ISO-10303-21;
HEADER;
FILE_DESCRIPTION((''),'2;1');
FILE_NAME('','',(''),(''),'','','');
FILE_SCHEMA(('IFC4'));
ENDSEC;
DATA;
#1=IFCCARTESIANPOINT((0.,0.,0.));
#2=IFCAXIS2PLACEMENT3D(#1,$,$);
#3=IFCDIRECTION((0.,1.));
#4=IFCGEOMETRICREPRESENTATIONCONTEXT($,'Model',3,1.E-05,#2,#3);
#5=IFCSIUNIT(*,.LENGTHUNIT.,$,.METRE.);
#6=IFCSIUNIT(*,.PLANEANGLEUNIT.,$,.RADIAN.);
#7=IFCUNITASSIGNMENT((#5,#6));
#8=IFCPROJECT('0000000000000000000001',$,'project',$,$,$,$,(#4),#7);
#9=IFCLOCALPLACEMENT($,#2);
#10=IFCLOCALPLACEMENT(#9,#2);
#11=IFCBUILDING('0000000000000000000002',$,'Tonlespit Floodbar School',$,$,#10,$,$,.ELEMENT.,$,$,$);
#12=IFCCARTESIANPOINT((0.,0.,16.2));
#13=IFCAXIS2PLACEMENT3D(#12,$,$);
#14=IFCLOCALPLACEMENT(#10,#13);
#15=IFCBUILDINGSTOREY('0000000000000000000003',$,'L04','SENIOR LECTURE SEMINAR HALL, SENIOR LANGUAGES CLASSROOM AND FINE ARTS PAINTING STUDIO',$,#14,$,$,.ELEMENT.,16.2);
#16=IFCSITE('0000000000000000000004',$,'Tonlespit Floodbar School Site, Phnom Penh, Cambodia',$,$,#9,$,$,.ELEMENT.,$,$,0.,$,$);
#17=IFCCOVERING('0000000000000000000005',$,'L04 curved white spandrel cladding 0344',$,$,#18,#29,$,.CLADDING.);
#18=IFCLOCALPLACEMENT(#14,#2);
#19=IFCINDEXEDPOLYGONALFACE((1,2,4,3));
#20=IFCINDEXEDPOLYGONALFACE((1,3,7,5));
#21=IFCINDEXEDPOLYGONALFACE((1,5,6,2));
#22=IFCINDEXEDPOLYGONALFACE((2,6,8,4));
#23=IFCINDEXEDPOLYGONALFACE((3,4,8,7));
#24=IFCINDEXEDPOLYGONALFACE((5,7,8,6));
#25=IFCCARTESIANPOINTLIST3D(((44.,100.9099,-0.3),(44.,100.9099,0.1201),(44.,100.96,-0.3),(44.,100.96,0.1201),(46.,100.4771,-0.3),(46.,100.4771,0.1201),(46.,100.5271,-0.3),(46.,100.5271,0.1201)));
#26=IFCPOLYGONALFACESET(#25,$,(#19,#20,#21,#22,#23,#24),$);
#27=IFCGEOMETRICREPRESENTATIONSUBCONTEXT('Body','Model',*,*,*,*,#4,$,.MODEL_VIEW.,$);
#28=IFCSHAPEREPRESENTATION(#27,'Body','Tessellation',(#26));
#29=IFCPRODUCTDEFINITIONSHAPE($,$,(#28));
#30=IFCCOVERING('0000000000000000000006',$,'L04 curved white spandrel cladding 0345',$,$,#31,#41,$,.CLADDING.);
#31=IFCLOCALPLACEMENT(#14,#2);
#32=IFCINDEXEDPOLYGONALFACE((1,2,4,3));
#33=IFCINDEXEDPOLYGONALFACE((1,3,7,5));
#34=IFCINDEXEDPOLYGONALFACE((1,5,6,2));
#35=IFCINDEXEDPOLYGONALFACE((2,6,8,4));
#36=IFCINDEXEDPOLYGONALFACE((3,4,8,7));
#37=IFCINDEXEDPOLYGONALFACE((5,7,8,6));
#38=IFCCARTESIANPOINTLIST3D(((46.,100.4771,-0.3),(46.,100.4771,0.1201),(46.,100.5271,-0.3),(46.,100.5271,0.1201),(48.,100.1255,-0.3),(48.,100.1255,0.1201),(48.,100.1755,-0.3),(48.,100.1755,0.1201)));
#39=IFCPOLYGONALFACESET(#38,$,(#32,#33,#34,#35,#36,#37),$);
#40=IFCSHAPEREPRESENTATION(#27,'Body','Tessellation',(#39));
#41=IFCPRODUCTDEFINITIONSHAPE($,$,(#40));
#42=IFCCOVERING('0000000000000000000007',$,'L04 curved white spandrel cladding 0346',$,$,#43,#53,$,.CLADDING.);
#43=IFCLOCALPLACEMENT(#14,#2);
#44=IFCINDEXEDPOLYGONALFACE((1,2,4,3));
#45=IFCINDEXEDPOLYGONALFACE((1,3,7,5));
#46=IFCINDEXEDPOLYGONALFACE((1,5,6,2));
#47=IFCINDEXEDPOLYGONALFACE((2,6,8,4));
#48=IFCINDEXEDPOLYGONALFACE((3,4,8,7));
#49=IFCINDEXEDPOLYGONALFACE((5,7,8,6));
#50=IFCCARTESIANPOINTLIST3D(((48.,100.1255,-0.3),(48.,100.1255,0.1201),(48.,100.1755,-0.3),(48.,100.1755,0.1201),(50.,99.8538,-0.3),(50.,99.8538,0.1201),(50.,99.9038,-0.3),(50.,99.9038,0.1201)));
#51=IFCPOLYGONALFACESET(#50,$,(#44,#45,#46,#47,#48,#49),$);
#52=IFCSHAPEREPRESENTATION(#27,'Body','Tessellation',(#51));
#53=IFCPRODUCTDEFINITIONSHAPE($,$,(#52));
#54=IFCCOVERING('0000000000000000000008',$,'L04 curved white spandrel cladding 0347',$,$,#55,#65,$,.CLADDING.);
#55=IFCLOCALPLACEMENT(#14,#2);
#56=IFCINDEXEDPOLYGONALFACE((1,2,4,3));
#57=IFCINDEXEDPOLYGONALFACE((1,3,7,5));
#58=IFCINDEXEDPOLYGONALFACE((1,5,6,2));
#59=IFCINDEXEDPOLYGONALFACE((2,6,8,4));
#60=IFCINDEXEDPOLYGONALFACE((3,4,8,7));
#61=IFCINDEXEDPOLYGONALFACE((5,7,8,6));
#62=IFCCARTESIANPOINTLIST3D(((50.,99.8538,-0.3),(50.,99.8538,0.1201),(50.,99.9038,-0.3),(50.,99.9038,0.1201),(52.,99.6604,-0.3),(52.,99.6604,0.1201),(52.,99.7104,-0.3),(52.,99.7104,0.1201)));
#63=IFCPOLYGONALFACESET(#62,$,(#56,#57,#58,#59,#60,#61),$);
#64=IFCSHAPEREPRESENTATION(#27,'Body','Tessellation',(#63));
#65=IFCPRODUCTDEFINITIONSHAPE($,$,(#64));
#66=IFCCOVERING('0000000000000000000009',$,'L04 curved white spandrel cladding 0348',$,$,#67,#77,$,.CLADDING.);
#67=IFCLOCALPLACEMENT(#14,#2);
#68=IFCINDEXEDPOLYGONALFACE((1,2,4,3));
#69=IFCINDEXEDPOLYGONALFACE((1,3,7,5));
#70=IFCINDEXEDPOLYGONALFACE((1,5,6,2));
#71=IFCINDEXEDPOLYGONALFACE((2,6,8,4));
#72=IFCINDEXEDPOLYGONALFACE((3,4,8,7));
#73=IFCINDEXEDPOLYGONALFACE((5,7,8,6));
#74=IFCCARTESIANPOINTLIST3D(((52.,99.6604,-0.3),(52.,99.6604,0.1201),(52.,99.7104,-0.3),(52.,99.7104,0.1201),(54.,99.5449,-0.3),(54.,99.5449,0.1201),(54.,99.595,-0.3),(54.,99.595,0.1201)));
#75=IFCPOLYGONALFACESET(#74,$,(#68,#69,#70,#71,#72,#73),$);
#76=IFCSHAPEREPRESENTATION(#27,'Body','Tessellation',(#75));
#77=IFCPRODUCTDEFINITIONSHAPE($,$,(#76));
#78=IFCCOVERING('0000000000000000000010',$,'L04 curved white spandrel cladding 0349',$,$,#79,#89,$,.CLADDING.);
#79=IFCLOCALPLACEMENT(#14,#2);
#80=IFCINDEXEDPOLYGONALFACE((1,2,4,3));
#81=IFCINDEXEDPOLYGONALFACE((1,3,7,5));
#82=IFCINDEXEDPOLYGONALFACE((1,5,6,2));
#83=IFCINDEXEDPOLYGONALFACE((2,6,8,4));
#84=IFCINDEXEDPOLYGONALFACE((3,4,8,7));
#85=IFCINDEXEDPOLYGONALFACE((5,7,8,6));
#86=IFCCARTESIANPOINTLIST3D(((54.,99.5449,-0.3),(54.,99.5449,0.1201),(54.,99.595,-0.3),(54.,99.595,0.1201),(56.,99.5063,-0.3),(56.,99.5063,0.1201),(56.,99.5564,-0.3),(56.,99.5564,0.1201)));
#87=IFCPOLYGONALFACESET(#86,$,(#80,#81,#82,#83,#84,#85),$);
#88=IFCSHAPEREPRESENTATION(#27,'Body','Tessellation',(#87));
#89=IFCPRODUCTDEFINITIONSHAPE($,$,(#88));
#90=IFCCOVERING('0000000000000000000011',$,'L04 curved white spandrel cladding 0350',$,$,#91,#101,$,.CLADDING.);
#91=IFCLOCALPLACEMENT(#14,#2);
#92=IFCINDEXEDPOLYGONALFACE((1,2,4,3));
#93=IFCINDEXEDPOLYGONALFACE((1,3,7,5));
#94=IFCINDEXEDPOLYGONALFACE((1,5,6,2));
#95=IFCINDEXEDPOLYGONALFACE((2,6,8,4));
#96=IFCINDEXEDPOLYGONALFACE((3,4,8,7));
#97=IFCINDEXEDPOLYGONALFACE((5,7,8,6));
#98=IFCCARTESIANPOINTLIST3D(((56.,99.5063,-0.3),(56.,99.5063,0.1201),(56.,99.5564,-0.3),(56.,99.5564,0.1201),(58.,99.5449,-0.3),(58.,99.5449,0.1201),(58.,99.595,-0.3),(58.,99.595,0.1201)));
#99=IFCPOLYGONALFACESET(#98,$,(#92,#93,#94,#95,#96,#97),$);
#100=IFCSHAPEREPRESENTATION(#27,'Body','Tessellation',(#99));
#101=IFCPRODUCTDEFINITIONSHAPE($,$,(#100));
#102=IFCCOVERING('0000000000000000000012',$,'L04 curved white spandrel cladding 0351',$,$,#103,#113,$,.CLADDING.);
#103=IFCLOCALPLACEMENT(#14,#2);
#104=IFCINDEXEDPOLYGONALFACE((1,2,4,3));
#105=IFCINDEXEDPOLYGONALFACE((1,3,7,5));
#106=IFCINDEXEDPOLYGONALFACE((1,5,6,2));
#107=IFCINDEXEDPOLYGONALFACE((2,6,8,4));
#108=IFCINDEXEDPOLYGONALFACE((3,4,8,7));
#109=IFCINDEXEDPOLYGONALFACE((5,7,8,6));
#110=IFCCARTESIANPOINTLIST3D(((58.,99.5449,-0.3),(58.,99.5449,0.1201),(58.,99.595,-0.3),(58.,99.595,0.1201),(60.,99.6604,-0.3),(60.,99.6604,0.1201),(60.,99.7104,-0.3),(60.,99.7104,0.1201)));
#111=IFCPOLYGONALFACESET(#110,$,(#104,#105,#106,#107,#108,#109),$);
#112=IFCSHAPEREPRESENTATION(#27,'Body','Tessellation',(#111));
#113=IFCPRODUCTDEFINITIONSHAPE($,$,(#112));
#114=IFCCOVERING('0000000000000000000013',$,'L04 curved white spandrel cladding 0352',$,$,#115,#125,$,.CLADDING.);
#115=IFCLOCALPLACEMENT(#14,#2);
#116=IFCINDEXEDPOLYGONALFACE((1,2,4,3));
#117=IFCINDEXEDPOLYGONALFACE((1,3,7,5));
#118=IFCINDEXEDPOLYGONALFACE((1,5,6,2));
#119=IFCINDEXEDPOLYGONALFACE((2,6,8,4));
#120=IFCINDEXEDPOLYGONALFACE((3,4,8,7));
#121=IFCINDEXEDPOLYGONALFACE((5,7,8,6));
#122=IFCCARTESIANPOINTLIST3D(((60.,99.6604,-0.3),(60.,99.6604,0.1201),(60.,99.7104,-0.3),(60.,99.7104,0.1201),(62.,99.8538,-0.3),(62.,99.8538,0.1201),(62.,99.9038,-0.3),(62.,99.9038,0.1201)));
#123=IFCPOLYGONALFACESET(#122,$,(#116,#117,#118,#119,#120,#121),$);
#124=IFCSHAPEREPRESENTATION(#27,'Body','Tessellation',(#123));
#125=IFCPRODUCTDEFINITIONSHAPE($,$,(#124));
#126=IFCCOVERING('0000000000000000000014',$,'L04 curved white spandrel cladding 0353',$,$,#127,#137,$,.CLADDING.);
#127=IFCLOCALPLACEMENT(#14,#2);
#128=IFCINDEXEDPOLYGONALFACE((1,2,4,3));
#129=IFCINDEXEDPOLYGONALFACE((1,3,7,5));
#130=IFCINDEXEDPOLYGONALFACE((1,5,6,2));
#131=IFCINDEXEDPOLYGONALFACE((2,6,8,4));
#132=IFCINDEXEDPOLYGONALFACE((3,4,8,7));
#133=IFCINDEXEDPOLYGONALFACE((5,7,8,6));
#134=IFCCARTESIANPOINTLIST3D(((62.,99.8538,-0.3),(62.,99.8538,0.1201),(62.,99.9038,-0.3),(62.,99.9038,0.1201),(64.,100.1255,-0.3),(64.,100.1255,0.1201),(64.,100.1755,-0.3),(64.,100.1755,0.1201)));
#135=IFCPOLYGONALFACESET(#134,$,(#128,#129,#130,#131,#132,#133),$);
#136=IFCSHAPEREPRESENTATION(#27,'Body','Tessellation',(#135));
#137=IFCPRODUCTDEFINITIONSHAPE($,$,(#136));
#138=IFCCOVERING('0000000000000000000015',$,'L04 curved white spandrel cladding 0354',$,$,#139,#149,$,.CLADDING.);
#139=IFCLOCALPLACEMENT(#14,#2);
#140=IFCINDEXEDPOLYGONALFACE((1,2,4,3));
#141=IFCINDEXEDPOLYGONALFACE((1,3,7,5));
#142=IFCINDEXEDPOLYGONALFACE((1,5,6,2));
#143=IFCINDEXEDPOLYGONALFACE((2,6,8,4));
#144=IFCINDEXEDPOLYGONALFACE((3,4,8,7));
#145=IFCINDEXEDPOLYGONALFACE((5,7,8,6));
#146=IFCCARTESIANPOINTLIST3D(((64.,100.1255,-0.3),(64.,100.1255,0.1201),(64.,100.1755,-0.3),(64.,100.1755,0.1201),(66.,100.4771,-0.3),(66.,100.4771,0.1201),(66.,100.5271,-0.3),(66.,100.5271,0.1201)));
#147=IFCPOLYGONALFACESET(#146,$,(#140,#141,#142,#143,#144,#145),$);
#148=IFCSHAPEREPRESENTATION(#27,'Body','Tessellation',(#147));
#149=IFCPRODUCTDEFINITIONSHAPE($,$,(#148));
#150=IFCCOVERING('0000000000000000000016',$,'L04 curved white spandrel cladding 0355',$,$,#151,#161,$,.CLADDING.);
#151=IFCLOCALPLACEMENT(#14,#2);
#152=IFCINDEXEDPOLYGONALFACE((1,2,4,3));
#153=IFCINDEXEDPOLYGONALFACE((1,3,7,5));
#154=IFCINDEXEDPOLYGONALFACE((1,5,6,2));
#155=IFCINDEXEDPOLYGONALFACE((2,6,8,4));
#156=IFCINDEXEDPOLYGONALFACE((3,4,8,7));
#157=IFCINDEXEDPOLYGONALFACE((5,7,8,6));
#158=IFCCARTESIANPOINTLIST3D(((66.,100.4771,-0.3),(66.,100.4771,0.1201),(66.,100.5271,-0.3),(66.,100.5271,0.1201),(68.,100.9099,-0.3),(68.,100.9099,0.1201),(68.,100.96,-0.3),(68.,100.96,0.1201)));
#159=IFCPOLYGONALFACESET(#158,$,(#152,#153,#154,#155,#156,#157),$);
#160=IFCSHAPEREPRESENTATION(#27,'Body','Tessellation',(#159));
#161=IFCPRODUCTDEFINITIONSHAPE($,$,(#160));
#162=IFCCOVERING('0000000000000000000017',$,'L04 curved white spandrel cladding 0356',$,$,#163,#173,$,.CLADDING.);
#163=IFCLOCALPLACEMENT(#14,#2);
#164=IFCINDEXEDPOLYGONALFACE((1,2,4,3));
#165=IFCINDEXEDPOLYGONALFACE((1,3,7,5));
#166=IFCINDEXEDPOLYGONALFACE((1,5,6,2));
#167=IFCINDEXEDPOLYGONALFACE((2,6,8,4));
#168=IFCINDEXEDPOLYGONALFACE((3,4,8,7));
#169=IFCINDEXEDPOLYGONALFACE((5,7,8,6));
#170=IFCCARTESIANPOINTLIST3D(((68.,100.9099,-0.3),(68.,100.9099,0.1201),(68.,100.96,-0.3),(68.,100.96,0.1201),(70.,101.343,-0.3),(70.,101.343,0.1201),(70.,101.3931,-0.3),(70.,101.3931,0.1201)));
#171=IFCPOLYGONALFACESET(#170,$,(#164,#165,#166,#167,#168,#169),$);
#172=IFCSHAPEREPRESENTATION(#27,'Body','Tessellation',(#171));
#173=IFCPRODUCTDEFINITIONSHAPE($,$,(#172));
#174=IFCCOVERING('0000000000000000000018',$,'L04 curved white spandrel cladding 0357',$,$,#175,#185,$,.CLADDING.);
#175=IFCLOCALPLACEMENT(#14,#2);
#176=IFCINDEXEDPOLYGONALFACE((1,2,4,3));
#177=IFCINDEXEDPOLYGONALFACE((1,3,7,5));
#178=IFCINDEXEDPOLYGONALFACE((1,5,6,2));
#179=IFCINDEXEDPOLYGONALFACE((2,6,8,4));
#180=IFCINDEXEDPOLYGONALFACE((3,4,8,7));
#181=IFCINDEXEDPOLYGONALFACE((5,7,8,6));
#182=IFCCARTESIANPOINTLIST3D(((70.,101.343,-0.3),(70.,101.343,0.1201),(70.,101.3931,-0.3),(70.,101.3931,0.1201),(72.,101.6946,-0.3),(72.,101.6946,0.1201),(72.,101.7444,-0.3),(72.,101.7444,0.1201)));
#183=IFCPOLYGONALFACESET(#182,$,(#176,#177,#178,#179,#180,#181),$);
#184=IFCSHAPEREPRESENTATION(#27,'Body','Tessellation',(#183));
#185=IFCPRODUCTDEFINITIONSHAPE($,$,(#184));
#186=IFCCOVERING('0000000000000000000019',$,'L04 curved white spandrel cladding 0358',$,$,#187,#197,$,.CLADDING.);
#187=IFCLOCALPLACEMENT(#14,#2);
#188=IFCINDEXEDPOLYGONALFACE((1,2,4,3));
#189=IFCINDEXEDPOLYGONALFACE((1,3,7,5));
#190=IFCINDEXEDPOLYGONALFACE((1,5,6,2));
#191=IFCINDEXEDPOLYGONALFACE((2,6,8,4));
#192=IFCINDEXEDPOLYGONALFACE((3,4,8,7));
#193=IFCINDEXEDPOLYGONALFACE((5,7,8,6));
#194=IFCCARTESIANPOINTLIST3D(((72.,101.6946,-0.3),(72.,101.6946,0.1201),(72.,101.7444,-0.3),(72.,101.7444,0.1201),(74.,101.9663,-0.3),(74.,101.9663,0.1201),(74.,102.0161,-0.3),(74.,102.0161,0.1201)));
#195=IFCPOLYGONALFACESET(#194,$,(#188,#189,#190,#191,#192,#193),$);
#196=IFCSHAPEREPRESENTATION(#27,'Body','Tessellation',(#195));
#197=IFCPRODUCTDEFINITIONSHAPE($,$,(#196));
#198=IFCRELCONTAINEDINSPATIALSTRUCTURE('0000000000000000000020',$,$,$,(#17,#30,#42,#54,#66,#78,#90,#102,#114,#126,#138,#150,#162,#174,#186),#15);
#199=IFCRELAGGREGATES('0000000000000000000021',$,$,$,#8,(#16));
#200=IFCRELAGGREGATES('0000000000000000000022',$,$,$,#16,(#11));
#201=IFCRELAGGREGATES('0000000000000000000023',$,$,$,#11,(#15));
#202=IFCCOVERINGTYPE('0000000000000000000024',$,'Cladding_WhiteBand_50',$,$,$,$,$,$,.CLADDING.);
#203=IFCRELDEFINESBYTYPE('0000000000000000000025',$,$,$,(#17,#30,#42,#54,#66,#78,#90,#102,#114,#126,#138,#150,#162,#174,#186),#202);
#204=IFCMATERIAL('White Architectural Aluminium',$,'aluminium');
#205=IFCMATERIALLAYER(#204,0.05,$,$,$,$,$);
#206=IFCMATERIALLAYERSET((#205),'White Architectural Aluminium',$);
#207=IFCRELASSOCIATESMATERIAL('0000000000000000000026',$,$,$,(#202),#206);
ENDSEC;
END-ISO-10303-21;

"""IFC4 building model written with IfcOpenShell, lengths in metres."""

from ifc_helpers import new_model, si_unit, direction, frame, origin, place, context, subcontext, project, spatial, polyline, outline, extrude, material, layer, layer_set, type_object, element, save


model = new_model("IFC4")

# Units and contexts
model_context = context("Model", 3, precision=1e-05, world=origin(), true_north=direction((0.0, 1.0)))
body_context = subcontext(model_context, "Body", "Model", "MODEL_VIEW")
ifc_project = project(units=[si_unit("LENGTHUNIT", "METRE"), si_unit("PLANEANGLEUNIT", "RADIAN")], contexts=[model_context])

# Site, building, storey
site_placement = place(None, origin())
site = spatial("IfcSite", under=ifc_project, at=site_placement, Name="Tonlespit Floodbar School Site, Phnom Penh, Cambodia", CompositionType="ELEMENT", RefElevation=0.0)
building_placement = place(site_placement, origin())
building = spatial("IfcBuilding", under=site, at=building_placement, Name="Tonlespit Floodbar School", CompositionType="ELEMENT")
storey_placement = place(building_placement, frame((0.0, 0.0, 16.2)))
storey = spatial("IfcBuildingStorey", under=building, at=storey_placement, Name="L04", Description="SENIOR LECTURE SEMINAR HALL, SENIOR LANGUAGES CLASSROOM AND FINE ARTS PAINTING STUDIO", CompositionType="ELEMENT", Elevation=16.2)

# Coverings
ifc_material = material(Name="White Architectural Aluminium", Category="aluminium")
ifc_layer = layer(ifc_material, 0.05)
ifc_layer_set = layer_set([ifc_layer], Name="White Architectural Aluminium")
covering_type = type_object("IfcCoveringType", Name="Cladding_WhiteBand_50", PredefinedType="CLADDING", material=ifc_layer_set)
covering_1_placement = place(storey_placement, frame((0.0, 0.0, -0.3)))
element("IfcCovering", 1, at=covering_1_placement, inside=storey, type_object=covering_type, Name="L04 curved white spandrel cladding 0344", PredefinedType="CLADDING", context=body_context, shape_type="SweptSolid", body=[
    extrude(outline(polyline([(44.0, 100.96), (46.0, 100.5271), (46.0, 100.4771), (44.0, 100.9099), (44.0, 100.96)])), origin(), (0.0, 0.0, 1.0), 0.4202),
])
covering_2_placement = place(storey_placement, frame((0.0, 0.0, -0.3)))
element("IfcCovering", 2, at=covering_2_placement, inside=storey, type_object=covering_type, Name="L04 curved white spandrel cladding 0345", PredefinedType="CLADDING", context=body_context, shape_type="SweptSolid", body=[
    extrude(outline(polyline([(46.0, 100.5271), (48.0, 100.1755), (48.0, 100.1255), (46.0, 100.4771), (46.0, 100.5271)])), origin(), (0.0, 0.0, 1.0), 0.4202),
])
covering_3_placement = place(storey_placement, frame((0.0, 0.0, -0.3)))
element("IfcCovering", 3, at=covering_3_placement, inside=storey, type_object=covering_type, Name="L04 curved white spandrel cladding 0346", PredefinedType="CLADDING", context=body_context, shape_type="SweptSolid", body=[
    extrude(outline(polyline([(48.0, 100.1755), (50.0, 99.9038), (50.0, 99.8538), (48.0, 100.1255), (48.0, 100.1755)])), origin(), (0.0, 0.0, 1.0), 0.4202),
])
covering_4_placement = place(storey_placement, frame((0.0, 0.0, -0.3)))
element("IfcCovering", 4, at=covering_4_placement, inside=storey, type_object=covering_type, Name="L04 curved white spandrel cladding 0347", PredefinedType="CLADDING", context=body_context, shape_type="SweptSolid", body=[
    extrude(outline(polyline([(50.0, 99.9038), (52.0, 99.7104), (52.0, 99.6604), (50.0, 99.8538), (50.0, 99.9038)])), origin(), (0.0, 0.0, 1.0), 0.4202),
])
covering_5_placement = place(storey_placement, frame((0.0, 0.0, -0.3)))
element("IfcCovering", 5, at=covering_5_placement, inside=storey, type_object=covering_type, Name="L04 curved white spandrel cladding 0348", PredefinedType="CLADDING", context=body_context, shape_type="SweptSolid", body=[
    extrude(outline(polyline([(52.0, 99.7104), (54.0, 99.595), (54.0, 99.5449), (52.0, 99.6604), (52.0, 99.7104)])), origin(), (0.0, 0.0, 1.0), 0.4202),
])
covering_6_placement = place(storey_placement, frame((0.0, 0.0, -0.3)))
element("IfcCovering", 6, at=covering_6_placement, inside=storey, type_object=covering_type, Name="L04 curved white spandrel cladding 0349", PredefinedType="CLADDING", context=body_context, shape_type="SweptSolid", body=[
    extrude(outline(polyline([(54.0, 99.595), (56.0, 99.5564), (56.0, 99.5063), (54.0, 99.5449), (54.0, 99.595)])), origin(), (0.0, 0.0, 1.0), 0.4202),
])
covering_7_placement = place(storey_placement, frame((0.0, 0.0, -0.3)))
element("IfcCovering", 7, at=covering_7_placement, inside=storey, type_object=covering_type, Name="L04 curved white spandrel cladding 0350", PredefinedType="CLADDING", context=body_context, shape_type="SweptSolid", body=[
    extrude(outline(polyline([(56.0, 99.5564), (58.0, 99.595), (58.0, 99.5449), (56.0, 99.5063), (56.0, 99.5564)])), origin(), (0.0, 0.0, 1.0), 0.4202),
])
covering_8_placement = place(storey_placement, frame((0.0, 0.0, -0.3)))
element("IfcCovering", 8, at=covering_8_placement, inside=storey, type_object=covering_type, Name="L04 curved white spandrel cladding 0351", PredefinedType="CLADDING", context=body_context, shape_type="SweptSolid", body=[
    extrude(outline(polyline([(58.0, 99.595), (60.0, 99.7104), (60.0, 99.6604), (58.0, 99.5449), (58.0, 99.595)])), origin(), (0.0, 0.0, 1.0), 0.4202),
])
covering_9_placement = place(storey_placement, frame((0.0, 0.0, -0.3)))
element("IfcCovering", 9, at=covering_9_placement, inside=storey, type_object=covering_type, Name="L04 curved white spandrel cladding 0352", PredefinedType="CLADDING", context=body_context, shape_type="SweptSolid", body=[
    extrude(outline(polyline([(60.0, 99.7104), (62.0, 99.9038), (62.0, 99.8538), (60.0, 99.6604), (60.0, 99.7104)])), origin(), (0.0, 0.0, 1.0), 0.4202),
])
covering_10_placement = place(storey_placement, frame((0.0, 0.0, -0.3)))
element("IfcCovering", 10, at=covering_10_placement, inside=storey, type_object=covering_type, Name="L04 curved white spandrel cladding 0353", PredefinedType="CLADDING", context=body_context, shape_type="SweptSolid", body=[
    extrude(outline(polyline([(62.0, 99.9038), (64.0, 100.1755), (64.0, 100.1255), (62.0, 99.8538), (62.0, 99.9038)])), origin(), (0.0, 0.0, 1.0), 0.4202),
])
covering_11_placement = place(storey_placement, frame((0.0, 0.0, -0.3)))
element("IfcCovering", 11, at=covering_11_placement, inside=storey, type_object=covering_type, Name="L04 curved white spandrel cladding 0354", PredefinedType="CLADDING", context=body_context, shape_type="SweptSolid", body=[
    extrude(outline(polyline([(64.0, 100.1755), (66.0, 100.5271), (66.0, 100.4771), (64.0, 100.1255), (64.0, 100.1755)])), origin(), (0.0, 0.0, 1.0), 0.4202),
])
covering_12_placement = place(storey_placement, frame((0.0, 0.0, -0.3)))
element("IfcCovering", 12, at=covering_12_placement, inside=storey, type_object=covering_type, Name="L04 curved white spandrel cladding 0355", PredefinedType="CLADDING", context=body_context, shape_type="SweptSolid", body=[
    extrude(outline(polyline([(66.0, 100.5271), (68.0, 100.96), (68.0, 100.9099), (66.0, 100.4771), (66.0, 100.5271)])), origin(), (0.0, 0.0, 1.0), 0.4202),
])
covering_13_placement = place(storey_placement, frame((0.0, 0.0, -0.3)))
element("IfcCovering", 13, at=covering_13_placement, inside=storey, type_object=covering_type, Name="L04 curved white spandrel cladding 0356", PredefinedType="CLADDING", context=body_context, shape_type="SweptSolid", body=[
    extrude(outline(polyline([(68.0, 100.96), (70.0, 101.3931), (70.0, 101.343), (68.0, 100.9099), (68.0, 100.96)])), origin(), (0.0, 0.0, 1.0), 0.4202),
])
covering_14_placement = place(storey_placement, frame((0.0, 0.0, -0.3)))
element("IfcCovering", 14, at=covering_14_placement, inside=storey, type_object=covering_type, Name="L04 curved white spandrel cladding 0357", PredefinedType="CLADDING", context=body_context, shape_type="SweptSolid", body=[
    extrude(outline(polyline([(70.0, 101.3931), (72.0, 101.7444), (72.0, 101.6946), (70.0, 101.343), (70.0, 101.3931)])), origin(), (0.0, 0.0, 1.0), 0.4202),
])
covering_15_placement = place(storey_placement, frame((0.0, 0.0, -0.3)))
element("IfcCovering", 15, at=covering_15_placement, inside=storey, type_object=covering_type, Name="L04 curved white spandrel cladding 0358", PredefinedType="CLADDING", context=body_context, shape_type="SweptSolid", body=[
    extrude(outline(polyline([(72.0, 101.7444), (74.0, 102.0161), (74.0, 101.9663), (72.0, 101.6946), (72.0, 101.7444)])), origin(), (0.0, 0.0, 1.0), 0.4202),
])

save(model, "model.ifc")
